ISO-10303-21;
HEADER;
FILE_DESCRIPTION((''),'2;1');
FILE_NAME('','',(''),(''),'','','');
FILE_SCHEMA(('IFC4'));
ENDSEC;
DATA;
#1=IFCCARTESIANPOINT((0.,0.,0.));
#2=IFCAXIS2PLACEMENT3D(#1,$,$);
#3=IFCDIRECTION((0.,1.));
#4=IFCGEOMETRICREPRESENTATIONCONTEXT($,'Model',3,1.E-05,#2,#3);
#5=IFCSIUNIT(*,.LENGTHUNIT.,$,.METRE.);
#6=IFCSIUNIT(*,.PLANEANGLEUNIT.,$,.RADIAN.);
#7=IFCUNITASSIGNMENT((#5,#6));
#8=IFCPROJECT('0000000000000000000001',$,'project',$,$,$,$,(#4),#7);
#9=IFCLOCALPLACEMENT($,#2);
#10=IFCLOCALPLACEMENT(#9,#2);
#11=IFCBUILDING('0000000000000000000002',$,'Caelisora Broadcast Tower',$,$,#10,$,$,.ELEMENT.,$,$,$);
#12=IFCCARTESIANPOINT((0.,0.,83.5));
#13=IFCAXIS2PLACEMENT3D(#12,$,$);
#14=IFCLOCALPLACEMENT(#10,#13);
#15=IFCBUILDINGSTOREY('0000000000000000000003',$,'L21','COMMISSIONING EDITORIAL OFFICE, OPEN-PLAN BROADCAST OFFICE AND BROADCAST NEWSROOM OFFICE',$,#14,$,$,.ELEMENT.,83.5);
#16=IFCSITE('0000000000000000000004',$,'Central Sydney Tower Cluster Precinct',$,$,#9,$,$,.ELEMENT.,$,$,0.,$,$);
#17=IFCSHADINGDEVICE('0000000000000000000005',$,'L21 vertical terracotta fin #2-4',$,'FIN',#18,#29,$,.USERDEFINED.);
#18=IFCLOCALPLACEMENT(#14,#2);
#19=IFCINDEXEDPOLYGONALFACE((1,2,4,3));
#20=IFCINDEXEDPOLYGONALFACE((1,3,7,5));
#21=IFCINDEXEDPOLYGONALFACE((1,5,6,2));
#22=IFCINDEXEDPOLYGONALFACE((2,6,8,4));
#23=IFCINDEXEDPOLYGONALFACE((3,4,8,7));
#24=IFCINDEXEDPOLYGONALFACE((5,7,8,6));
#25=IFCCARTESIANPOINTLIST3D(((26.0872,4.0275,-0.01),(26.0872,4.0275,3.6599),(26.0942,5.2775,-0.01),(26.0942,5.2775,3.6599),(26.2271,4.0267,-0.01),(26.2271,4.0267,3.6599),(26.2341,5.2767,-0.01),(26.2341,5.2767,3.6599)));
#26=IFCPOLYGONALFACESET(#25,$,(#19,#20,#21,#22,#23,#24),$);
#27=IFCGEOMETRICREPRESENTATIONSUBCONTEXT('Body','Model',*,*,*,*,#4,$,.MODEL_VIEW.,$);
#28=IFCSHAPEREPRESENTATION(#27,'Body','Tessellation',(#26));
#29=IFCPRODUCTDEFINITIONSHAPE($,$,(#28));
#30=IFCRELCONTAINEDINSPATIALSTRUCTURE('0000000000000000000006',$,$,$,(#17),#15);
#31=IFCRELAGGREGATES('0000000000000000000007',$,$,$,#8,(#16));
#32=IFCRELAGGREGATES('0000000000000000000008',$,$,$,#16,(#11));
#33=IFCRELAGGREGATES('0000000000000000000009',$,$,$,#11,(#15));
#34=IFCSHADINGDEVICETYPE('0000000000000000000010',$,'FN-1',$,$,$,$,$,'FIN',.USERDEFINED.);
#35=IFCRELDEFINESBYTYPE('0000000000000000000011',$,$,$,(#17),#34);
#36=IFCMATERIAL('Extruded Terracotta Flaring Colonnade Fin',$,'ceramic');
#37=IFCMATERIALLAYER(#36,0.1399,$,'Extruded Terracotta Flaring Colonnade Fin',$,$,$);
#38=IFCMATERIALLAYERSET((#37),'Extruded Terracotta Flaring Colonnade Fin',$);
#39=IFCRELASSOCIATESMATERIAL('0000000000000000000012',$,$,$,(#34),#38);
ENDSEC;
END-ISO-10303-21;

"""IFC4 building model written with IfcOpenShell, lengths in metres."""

from ifc_helpers import new_model, si_unit, direction, frame, origin, origin_2d, place, context, subcontext, project, spatial, rectangle, extrude, source, transform, mapped, material, layer, layer_set, type_object, type_shapes, element, save


model = new_model("IFC4")

# Units and contexts
model_context = context("Model", 3, precision=1e-05, world=origin(), true_north=direction((0.0, 1.0)))
body_context = subcontext(model_context, "Body", "Model", "MODEL_VIEW")
ifc_project = project(units=[si_unit("LENGTHUNIT", "METRE"), si_unit("PLANEANGLEUNIT", "RADIAN")], contexts=[model_context])

# Site, building, storey
site_placement = place(None, origin())
site = spatial("IfcSite", under=ifc_project, at=site_placement, Name="Central Sydney Tower Cluster Precinct", CompositionType="ELEMENT", RefElevation=0.0)
building_placement = place(site_placement, origin())
building = spatial("IfcBuilding", under=site, at=building_placement, Name="Caelisora Broadcast Tower", CompositionType="ELEMENT")
storey_placement = place(building_placement, frame((0.0, 0.0, 83.5)))
storey = spatial("IfcBuildingStorey", under=building, at=storey_placement, Name="L21", Description="COMMISSIONING EDITORIAL OFFICE, OPEN-PLAN BROADCAST OFFICE AND BROADCAST NEWSROOM OFFICE", CompositionType="ELEMENT", Elevation=83.5)

# Shading device
ifc_material_1 = material(Name="Extruded Terracotta Flaring Colonnade Fin", Category="ceramic")
ifc_layer_1 = layer(ifc_material_1, 0.1399, Name="Extruded Terracotta Flaring Colonnade Fin")
ifc_layer_set_1 = layer_set([ifc_layer_1], Name="Extruded Terracotta Flaring Colonnade Fin")
shading_device_type = type_object("IfcShadingDeviceType", Name="FN-1", ElementType="FIN", PredefinedType="USERDEFINED", material=ifc_layer_set_1)
shared_shape_1 = source(origin(), body_context, "Body", "SweptSolid", [
    extrude(rectangle(XDim=0.1399, YDim=1.25, at=origin_2d()), origin(), (0.0, 0.0, 1.0), 3.6699),
])
type_shapes(shading_device_type, [shared_shape_1])
shading_device_placement = place(storey_placement, frame((26.1606, 4.6521, -0.01), z_axis=(0.0, 0.0, 1.0), x_axis=(-0.999984, 0.005585, 0.0)))
element("IfcShadingDevice", 1, at=shading_device_placement, inside=storey, type_object=shading_device_type, Name="L21 vertical terracotta fin #2-4", ObjectType="FIN", PredefinedType="USERDEFINED", context=body_context, shape_type="MappedRepresentation", body=[
    mapped(shared_shape_1, transform((0.0, 0.0, 0.0), scale=1.0)),
])

save(model, "model.ifc")
